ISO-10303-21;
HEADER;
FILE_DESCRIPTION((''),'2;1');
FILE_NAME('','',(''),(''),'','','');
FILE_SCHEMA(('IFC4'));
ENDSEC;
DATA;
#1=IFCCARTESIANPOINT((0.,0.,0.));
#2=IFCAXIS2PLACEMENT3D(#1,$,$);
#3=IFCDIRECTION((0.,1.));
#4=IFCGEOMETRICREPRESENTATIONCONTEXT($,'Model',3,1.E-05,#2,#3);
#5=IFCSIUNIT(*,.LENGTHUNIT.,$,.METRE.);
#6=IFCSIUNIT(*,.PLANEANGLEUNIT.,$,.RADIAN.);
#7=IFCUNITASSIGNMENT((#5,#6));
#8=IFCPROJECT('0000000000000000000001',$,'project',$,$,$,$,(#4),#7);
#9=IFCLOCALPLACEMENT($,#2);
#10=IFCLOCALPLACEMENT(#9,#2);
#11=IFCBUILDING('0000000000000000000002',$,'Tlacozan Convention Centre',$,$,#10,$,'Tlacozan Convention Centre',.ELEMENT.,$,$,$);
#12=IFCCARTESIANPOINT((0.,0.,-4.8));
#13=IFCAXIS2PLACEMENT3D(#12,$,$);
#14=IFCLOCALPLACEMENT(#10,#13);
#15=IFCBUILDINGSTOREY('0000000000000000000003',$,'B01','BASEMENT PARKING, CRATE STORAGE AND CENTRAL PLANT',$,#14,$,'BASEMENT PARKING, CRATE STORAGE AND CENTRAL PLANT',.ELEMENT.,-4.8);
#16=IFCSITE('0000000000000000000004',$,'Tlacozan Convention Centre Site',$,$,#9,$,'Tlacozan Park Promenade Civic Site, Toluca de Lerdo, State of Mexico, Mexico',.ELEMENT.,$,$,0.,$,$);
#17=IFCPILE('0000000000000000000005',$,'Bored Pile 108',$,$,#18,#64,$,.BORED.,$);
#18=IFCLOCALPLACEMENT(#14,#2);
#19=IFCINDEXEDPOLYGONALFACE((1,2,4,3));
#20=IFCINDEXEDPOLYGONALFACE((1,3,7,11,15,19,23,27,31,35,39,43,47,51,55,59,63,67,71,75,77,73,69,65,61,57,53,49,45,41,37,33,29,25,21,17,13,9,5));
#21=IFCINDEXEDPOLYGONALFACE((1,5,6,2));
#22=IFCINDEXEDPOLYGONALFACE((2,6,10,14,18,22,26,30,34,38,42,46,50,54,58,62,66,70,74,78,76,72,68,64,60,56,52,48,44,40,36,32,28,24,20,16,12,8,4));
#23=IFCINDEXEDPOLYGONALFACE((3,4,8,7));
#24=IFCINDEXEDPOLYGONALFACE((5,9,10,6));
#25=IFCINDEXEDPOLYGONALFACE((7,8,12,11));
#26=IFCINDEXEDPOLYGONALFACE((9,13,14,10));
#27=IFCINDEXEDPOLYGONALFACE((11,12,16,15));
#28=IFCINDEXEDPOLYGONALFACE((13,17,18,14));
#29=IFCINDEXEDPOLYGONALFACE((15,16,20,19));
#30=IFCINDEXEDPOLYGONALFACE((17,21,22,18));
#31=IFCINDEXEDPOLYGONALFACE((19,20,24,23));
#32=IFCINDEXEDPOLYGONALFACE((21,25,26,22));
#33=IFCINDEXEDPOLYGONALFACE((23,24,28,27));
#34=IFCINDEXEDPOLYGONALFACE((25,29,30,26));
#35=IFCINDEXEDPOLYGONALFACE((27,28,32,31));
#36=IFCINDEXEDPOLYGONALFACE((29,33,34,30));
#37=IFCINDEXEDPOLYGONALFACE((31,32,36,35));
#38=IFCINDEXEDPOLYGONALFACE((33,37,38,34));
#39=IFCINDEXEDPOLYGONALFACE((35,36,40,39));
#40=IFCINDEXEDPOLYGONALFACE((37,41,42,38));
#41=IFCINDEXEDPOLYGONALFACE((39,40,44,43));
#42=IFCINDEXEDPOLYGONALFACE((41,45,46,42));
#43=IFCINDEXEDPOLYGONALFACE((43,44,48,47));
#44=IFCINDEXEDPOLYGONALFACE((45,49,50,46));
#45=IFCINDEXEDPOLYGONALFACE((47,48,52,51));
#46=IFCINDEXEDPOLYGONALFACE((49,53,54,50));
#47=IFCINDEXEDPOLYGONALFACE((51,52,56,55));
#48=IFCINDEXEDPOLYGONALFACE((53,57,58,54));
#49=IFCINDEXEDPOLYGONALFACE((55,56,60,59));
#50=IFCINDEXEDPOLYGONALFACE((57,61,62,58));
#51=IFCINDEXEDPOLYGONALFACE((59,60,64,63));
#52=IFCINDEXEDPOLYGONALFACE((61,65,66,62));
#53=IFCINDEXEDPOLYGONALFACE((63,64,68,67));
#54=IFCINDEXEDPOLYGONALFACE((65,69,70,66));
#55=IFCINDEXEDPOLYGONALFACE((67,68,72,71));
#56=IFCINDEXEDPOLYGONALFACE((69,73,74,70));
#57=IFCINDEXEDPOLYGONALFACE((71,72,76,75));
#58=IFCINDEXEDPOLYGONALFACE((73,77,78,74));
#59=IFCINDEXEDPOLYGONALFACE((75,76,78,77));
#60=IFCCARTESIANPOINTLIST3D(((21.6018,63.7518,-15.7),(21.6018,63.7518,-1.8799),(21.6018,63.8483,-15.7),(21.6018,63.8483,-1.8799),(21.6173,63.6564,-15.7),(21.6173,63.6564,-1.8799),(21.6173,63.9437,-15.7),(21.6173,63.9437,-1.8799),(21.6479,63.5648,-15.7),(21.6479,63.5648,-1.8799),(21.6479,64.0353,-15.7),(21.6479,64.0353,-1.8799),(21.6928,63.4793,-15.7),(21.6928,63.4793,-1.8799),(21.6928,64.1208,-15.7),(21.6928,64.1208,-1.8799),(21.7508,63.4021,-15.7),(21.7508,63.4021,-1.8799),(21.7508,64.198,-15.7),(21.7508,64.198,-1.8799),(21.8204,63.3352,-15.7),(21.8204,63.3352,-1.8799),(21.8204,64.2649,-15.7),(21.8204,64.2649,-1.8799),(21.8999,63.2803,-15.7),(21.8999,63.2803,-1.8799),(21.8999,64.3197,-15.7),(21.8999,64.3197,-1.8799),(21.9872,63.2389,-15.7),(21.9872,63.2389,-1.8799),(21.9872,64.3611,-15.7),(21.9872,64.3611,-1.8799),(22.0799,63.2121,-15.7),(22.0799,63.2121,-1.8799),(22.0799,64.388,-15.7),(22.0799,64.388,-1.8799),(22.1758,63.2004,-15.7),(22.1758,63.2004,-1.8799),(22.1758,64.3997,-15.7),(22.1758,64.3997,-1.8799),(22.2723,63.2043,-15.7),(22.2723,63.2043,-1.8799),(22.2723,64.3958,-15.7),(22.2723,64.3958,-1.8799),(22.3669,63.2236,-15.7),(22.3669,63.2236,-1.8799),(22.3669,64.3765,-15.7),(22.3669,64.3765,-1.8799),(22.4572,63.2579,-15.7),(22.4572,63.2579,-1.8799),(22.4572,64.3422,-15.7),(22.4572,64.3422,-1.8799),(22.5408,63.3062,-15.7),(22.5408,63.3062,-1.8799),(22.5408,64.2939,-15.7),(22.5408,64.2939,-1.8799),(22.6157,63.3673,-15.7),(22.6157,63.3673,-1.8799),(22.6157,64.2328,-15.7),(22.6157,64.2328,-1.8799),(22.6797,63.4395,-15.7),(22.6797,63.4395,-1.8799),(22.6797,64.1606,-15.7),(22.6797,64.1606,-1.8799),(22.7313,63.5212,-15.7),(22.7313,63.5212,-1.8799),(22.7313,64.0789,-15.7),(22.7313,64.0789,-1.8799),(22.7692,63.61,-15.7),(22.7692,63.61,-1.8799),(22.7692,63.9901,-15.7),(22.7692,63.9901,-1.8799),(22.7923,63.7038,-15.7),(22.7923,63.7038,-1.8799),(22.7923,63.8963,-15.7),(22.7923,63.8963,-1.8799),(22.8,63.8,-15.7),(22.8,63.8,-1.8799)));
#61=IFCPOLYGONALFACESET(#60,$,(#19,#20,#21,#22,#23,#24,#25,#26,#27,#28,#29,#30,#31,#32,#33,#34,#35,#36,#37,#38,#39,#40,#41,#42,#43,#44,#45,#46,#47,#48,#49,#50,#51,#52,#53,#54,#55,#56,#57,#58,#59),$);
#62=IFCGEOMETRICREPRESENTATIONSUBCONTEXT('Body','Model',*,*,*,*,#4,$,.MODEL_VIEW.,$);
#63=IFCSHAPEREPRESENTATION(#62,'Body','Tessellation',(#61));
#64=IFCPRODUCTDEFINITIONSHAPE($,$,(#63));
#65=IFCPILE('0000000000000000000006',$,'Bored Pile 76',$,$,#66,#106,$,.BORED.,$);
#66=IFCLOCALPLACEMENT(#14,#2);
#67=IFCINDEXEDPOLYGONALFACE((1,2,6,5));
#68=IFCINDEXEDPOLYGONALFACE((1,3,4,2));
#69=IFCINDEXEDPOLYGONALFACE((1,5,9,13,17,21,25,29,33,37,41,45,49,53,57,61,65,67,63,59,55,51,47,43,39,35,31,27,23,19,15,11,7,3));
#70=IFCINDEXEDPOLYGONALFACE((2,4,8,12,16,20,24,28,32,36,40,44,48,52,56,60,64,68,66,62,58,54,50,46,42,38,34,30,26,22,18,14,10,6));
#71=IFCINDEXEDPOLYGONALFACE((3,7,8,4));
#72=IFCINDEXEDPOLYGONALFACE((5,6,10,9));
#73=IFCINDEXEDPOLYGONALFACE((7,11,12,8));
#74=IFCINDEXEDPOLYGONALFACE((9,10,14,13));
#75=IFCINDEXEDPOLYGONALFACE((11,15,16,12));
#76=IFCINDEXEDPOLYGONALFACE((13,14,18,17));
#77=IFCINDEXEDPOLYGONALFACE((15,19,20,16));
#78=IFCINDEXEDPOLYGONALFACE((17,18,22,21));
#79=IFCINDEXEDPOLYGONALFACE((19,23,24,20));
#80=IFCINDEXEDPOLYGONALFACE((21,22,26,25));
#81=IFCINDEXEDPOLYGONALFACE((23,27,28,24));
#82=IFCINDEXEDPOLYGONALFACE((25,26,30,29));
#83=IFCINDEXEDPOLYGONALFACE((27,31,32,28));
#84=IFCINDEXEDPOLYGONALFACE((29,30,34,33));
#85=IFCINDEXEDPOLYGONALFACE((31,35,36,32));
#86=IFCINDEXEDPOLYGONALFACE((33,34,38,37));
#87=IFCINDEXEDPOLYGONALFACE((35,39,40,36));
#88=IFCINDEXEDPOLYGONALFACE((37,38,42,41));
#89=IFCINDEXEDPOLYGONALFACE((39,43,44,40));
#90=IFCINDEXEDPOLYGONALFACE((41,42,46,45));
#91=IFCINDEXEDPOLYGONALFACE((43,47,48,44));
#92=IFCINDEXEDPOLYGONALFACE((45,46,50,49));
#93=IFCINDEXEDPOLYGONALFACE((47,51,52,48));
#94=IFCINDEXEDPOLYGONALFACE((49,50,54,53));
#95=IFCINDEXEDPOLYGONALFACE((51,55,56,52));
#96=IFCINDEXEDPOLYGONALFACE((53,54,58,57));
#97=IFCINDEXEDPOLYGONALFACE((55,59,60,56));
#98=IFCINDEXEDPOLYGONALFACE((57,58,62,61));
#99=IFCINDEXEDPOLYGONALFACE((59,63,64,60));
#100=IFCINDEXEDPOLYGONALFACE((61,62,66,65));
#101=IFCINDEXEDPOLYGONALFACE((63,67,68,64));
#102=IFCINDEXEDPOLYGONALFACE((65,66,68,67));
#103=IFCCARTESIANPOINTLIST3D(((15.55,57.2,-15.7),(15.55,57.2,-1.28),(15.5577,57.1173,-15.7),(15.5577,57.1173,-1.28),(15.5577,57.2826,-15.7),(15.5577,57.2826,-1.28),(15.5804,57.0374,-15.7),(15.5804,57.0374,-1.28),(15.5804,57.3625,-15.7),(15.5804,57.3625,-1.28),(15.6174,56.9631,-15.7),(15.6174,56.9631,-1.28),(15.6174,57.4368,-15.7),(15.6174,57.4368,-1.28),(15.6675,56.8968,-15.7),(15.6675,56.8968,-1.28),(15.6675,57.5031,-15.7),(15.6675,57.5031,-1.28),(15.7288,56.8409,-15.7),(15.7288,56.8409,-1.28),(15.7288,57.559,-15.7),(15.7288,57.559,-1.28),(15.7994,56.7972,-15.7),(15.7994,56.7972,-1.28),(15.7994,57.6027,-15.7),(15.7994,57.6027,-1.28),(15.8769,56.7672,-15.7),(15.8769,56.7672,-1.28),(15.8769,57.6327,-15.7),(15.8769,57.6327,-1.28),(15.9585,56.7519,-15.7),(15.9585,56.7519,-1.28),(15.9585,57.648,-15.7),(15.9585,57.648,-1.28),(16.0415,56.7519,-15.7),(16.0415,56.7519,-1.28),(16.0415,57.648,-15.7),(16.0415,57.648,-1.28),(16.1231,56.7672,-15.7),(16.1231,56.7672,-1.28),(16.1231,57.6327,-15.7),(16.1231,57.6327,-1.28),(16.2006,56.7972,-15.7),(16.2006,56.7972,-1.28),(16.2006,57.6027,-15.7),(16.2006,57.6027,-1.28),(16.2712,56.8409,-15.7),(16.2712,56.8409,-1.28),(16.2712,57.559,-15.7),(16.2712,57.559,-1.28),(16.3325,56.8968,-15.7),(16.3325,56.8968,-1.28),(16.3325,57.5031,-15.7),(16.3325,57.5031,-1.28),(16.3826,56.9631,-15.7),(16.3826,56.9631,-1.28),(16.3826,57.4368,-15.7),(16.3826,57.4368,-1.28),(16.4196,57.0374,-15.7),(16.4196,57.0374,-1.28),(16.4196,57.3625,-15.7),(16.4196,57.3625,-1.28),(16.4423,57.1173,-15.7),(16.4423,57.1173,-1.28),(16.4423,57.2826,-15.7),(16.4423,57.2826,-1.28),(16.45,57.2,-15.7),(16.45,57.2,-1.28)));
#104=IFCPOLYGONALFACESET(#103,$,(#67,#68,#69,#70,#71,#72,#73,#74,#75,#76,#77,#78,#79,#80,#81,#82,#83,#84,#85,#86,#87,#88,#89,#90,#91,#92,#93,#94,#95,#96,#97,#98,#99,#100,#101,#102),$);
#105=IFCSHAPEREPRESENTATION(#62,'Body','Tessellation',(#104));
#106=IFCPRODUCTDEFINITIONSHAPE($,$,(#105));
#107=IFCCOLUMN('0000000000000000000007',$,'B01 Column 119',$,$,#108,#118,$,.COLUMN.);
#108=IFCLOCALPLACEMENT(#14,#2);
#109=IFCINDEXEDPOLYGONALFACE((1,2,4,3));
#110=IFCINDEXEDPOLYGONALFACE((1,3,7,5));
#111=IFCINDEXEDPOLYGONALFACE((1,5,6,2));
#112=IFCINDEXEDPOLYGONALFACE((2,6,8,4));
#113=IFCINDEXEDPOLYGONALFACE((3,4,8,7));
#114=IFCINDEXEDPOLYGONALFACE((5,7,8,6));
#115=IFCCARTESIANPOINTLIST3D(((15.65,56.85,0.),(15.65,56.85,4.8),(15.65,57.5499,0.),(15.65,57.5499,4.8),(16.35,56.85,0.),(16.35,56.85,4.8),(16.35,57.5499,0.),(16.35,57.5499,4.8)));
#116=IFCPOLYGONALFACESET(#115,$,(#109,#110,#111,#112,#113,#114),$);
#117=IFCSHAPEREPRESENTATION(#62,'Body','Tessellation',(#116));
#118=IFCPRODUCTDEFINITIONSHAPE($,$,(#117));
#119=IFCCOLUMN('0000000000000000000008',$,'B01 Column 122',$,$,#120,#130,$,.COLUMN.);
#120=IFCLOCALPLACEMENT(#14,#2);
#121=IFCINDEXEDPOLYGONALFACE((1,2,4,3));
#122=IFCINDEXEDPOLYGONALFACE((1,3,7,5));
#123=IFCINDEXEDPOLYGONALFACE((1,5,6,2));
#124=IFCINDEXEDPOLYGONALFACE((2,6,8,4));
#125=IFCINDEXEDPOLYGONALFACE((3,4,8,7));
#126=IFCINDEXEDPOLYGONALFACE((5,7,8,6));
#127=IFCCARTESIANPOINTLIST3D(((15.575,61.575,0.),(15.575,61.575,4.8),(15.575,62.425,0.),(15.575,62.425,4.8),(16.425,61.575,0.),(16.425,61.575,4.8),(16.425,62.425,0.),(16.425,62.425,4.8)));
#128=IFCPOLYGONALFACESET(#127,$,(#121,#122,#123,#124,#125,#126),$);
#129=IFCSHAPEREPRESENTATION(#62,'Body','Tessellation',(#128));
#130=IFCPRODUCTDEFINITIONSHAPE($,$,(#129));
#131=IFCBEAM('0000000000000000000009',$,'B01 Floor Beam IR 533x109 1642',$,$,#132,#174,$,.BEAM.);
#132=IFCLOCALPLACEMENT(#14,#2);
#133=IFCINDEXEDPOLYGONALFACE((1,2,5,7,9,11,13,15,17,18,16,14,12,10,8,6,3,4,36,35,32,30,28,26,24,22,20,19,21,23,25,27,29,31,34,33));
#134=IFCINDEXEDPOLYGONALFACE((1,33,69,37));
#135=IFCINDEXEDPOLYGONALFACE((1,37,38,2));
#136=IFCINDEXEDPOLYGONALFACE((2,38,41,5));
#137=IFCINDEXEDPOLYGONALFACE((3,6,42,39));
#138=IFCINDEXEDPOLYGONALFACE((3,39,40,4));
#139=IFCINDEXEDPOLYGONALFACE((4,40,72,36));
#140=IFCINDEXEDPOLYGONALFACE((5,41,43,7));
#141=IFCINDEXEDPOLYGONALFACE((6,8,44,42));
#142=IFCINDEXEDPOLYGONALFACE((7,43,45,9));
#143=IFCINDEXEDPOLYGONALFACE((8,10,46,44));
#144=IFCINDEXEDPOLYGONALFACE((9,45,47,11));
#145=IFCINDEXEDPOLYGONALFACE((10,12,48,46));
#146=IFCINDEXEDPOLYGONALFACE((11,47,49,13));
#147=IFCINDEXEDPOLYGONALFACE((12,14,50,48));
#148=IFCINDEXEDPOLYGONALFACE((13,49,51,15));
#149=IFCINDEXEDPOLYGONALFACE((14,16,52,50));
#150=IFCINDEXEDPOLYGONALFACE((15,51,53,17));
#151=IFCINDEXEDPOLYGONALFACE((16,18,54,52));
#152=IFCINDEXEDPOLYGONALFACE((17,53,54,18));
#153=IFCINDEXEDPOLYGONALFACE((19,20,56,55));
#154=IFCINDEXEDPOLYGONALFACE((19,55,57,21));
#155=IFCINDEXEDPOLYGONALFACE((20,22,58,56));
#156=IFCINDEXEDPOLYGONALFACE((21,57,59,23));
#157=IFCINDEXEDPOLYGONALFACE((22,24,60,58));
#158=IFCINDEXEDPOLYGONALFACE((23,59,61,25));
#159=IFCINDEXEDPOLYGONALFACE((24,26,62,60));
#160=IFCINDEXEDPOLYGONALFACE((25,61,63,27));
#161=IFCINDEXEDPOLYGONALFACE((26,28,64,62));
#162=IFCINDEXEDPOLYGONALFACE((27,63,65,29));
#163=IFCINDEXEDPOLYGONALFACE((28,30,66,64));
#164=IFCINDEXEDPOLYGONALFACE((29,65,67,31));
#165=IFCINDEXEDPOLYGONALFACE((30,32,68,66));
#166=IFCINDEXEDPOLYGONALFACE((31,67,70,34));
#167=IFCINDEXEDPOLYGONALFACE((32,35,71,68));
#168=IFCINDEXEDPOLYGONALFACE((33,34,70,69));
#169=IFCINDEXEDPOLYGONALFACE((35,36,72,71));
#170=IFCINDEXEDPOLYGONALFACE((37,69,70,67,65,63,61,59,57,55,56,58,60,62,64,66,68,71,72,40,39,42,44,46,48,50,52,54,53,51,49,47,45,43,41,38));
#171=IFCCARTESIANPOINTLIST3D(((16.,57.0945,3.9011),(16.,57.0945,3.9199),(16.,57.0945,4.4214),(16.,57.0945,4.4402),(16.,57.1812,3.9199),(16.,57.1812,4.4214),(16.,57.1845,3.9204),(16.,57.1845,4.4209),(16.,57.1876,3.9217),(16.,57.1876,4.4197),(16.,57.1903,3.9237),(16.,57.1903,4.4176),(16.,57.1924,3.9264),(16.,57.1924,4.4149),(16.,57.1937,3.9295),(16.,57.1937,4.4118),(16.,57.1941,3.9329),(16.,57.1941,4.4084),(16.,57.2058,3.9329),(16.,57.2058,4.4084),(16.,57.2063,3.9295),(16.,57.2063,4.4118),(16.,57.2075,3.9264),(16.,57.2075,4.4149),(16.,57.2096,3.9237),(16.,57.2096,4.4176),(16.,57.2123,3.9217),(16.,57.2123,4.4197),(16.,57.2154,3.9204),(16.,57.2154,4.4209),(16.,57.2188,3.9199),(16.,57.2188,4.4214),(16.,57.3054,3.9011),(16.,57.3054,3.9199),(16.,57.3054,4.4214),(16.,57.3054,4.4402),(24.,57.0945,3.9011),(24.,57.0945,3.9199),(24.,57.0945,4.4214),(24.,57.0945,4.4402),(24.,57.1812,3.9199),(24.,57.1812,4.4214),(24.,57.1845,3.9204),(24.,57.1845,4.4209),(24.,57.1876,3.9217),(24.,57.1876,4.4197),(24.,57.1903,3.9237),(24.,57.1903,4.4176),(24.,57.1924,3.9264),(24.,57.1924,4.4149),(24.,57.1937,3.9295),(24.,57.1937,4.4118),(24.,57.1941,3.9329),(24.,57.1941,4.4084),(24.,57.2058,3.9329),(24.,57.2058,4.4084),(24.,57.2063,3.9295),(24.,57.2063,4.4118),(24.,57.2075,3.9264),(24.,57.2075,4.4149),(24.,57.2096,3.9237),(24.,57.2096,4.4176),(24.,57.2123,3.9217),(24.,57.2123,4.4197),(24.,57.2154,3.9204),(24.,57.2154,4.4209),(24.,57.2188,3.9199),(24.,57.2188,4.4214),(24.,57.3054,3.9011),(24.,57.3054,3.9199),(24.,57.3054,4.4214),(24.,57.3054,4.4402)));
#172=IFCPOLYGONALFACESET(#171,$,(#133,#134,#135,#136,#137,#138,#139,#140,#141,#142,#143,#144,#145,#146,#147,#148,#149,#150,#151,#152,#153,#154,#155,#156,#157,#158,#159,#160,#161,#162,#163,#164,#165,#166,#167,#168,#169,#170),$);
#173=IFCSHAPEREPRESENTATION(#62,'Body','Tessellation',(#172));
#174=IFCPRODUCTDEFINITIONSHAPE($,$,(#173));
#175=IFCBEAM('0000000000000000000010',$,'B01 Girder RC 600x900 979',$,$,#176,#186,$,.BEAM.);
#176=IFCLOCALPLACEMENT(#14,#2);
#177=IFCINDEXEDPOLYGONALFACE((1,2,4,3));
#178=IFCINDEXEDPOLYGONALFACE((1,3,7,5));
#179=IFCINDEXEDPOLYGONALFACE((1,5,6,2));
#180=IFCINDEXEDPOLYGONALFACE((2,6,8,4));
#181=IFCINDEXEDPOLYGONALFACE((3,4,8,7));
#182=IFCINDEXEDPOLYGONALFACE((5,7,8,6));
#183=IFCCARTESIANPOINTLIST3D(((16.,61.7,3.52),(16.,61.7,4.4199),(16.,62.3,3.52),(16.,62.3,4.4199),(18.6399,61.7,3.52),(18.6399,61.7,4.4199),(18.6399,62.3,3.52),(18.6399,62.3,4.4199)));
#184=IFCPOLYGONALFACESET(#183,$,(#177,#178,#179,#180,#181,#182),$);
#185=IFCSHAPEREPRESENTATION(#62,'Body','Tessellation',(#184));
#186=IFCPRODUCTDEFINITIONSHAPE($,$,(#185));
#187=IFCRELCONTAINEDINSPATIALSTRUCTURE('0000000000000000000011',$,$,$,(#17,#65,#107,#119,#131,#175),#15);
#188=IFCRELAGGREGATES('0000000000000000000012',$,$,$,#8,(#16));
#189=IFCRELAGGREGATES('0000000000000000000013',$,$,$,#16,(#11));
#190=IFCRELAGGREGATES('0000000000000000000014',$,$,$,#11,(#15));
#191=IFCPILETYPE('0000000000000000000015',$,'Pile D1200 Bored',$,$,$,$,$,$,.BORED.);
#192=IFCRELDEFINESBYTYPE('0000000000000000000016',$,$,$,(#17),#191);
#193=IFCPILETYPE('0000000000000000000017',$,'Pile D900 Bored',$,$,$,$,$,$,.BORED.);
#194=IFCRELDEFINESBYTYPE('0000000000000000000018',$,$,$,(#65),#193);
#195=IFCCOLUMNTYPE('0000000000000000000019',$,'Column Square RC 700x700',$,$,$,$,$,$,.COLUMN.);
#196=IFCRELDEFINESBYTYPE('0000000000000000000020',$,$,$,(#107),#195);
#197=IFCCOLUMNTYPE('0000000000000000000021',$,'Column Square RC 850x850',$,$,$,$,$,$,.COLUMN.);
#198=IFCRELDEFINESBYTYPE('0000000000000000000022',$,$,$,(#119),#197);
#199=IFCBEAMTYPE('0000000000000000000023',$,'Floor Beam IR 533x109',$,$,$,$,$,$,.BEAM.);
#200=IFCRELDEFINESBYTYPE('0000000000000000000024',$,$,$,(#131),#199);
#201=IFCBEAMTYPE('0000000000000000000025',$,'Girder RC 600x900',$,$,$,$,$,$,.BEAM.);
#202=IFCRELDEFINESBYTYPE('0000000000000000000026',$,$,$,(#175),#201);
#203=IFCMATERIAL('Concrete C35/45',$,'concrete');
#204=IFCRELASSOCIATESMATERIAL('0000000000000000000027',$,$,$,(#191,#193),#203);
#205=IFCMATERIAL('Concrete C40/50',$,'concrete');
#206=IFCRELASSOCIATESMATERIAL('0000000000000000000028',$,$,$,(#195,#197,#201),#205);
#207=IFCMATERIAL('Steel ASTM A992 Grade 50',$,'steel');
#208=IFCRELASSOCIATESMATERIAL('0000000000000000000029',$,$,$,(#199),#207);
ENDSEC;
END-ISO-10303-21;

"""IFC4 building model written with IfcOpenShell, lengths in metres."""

from ifc_helpers import new_model, si_unit, direction, frame, origin, origin_2d, place, context, subcontext, project, spatial, rectangle, circle, i_section, extrude, material, material_profile, profile_set, type_object, element, save


model = new_model("IFC4")

# Units and contexts
model_context = context("Model", 3, precision=1e-05, world=origin(), true_north=direction((0.0, 1.0)))
body_context = subcontext(model_context, "Body", "Model", "MODEL_VIEW")
ifc_project = project(units=[si_unit("LENGTHUNIT", "METRE"), si_unit("PLANEANGLEUNIT", "RADIAN")], contexts=[model_context])

# Site, building, storey
site_placement = place(None, origin())
site = spatial("IfcSite", under=ifc_project, at=site_placement, Name="Tlacozan Convention Centre Site", LongName="Tlacozan Park Promenade Civic Site, Toluca de Lerdo, State of Mexico, Mexico", CompositionType="ELEMENT", RefElevation=0.0)
building_placement = place(site_placement, origin())
building = spatial("IfcBuilding", under=site, at=building_placement, Name="Tlacozan Convention Centre", LongName="Tlacozan Convention Centre", CompositionType="ELEMENT")
storey_placement = place(building_placement, frame((0.0, 0.0, -4.8)))
storey = spatial("IfcBuildingStorey", under=building, at=storey_placement, Name="B01", Description="BASEMENT PARKING, CRATE STORAGE AND CENTRAL PLANT", LongName="BASEMENT PARKING, CRATE STORAGE AND CENTRAL PLANT", CompositionType="ELEMENT", Elevation=-4.8)

# Shared definitions
ifc_material_1 = material(Name="Concrete C35/45", Category="concrete")

# Piles
ifc_material_profile_1 = material_profile(ifc_material_1, circle(Radius=0.6001, at=origin_2d()), Name="PILE D1200")
ifc_profile_set_1 = profile_set([ifc_material_profile_1], Name="Concrete C35/45")
pile_type_1 = type_object("IfcPileType", Name="Pile D1200 Bored", PredefinedType="BORED", material=ifc_profile_set_1)
for number, where, z_axis, x_axis, name in (
    (1, (22.2, 63.8, -1.8799), (0.0, 0.0, -1.0), (1.0, 0.0, 0.0), "Bored Pile 108"),
):
    element("IfcPile", number, at=place(storey_placement, frame(where, z_axis=z_axis, x_axis=x_axis)), inside=storey, type_object=pile_type_1, Name=name, PredefinedType="BORED", context=body_context, shape_type="SweptSolid", body=[
        extrude(circle(Radius=0.6001, at=origin_2d()), origin(), (0.0, 0.0, 1.0), 13.8201),
    ])
ifc_material_profile_2 = material_profile(ifc_material_1, circle(Radius=0.45, at=origin_2d()), Name="PILE D900")
ifc_profile_set_2 = profile_set([ifc_material_profile_2], Name="Concrete C35/45")
pile_type_2 = type_object("IfcPileType", Name="Pile D900 Bored", PredefinedType="BORED", material=ifc_profile_set_2)
pile_placement = place(storey_placement, frame((16.0, 57.2, -1.28), z_axis=(0.0, 0.0, -1.0), x_axis=(1.0, 0.0, 0.0)))
element("IfcPile", 2, at=pile_placement, inside=storey, type_object=pile_type_2, Name="Bored Pile 76", PredefinedType="BORED", context=body_context, shape_type="SweptSolid", body=[
    extrude(circle(Radius=0.45, at=origin_2d()), origin(), (0.0, 0.0, 1.0), 14.4199),
])

# Columns
ifc_material_2 = material(Name="Concrete C40/50", Category="concrete")
ifc_material_profile_3 = material_profile(ifc_material_2, rectangle(XDim=0.7, YDim=0.7, at=origin_2d()), Name="RC 700x700")
ifc_profile_set_3 = profile_set([ifc_material_profile_3], Name="Concrete C40/50")
column_type_1 = type_object("IfcColumnType", Name="Column Square RC 700x700", PredefinedType="COLUMN", material=ifc_profile_set_3)
column_1_placement = place(storey_placement, frame((16.0, 57.2, 0.0), z_axis=(0.0, 0.0, 1.0), x_axis=(1.0, 0.0, 0.0)))
element("IfcColumn", 3, at=column_1_placement, inside=storey, type_object=column_type_1, Name="B01 Column 119", PredefinedType="COLUMN", context=body_context, shape_type="SweptSolid", body=[
    extrude(rectangle(XDim=0.7, YDim=0.7, at=origin_2d()), origin(), (0.0, 0.0, 1.0), 4.8),
])
ifc_material_profile_4 = material_profile(ifc_material_2, rectangle(XDim=0.8501, YDim=0.8501, at=origin_2d()), Name="RC 850x850")
ifc_profile_set_4 = profile_set([ifc_material_profile_4], Name="Concrete C40/50")
column_type_2 = type_object("IfcColumnType", Name="Column Square RC 850x850", PredefinedType="COLUMN", material=ifc_profile_set_4)
column_2_placement = place(storey_placement, frame((16.0, 62.0, 0.0), z_axis=(0.0, 0.0, 1.0), x_axis=(1.0, 0.0, 0.0)))
element("IfcColumn", 4, at=column_2_placement, inside=storey, type_object=column_type_2, Name="B01 Column 122", PredefinedType="COLUMN", context=body_context, shape_type="SweptSolid", body=[
    extrude(rectangle(XDim=0.8501, YDim=0.8501, at=origin_2d()), origin(), (0.0, 0.0, 1.0), 4.8),
])

# Beams
ifc_material_3 = material(Name="Steel ASTM A992 Grade 50", Category="steel")
ifc_material_profile_5 = material_profile(ifc_material_3, i_section(OverallWidth=0.2109, OverallDepth=0.5391, WebThickness=0.0117, FlangeThickness=0.0188, FilletRadius=0.0129, at=origin_2d()), Name="IR 533x109.0")
ifc_profile_set_5 = profile_set([ifc_material_profile_5], Name="Steel ASTM A992 Grade 50")
beam_type_1 = type_object("IfcBeamType", Name="Floor Beam IR 533x109", PredefinedType="BEAM", material=ifc_profile_set_5)
beam_1_placement = place(storey_placement, frame((16.0, 57.2, 4.1707), z_axis=(1.0, 0.0, 0.0), x_axis=(0.0, 1.0, 0.0)))
element("IfcBeam", 5, at=beam_1_placement, inside=storey, type_object=beam_type_1, Name="B01 Floor Beam IR 533x109 1642", PredefinedType="BEAM", context=body_context, shape_type="SweptSolid", body=[
    extrude(i_section(OverallWidth=0.2109, OverallDepth=0.5391, WebThickness=0.0117, FlangeThickness=0.0188, FilletRadius=0.0129, at=origin_2d()), origin(), (0.0, 0.0, 1.0), 8.0),
])
ifc_material_profile_6 = material_profile(ifc_material_2, rectangle(XDim=0.6001, YDim=0.8999, at=origin_2d()), Name="RC 600x900")
ifc_profile_set_6 = profile_set([ifc_material_profile_6], Name="Concrete C40/50")
beam_type_2 = type_object("IfcBeamType", Name="Girder RC 600x900", PredefinedType="BEAM", material=ifc_profile_set_6)
beam_2_placement = place(storey_placement, frame((16.0, 62.0, 3.97), z_axis=(1.0, 0.0, 0.0), x_axis=(0.0, 1.0, 0.0)))
element("IfcBeam", 6, at=beam_2_placement, inside=storey, type_object=beam_type_2, Name="B01 Girder RC 600x900 979", PredefinedType="BEAM", context=body_context, shape_type="SweptSolid", body=[
    extrude(rectangle(XDim=0.6001, YDim=0.8999, at=origin_2d()), origin(), (0.0, 0.0, 1.0), 2.6399),
])

save(model, "model.ifc")
